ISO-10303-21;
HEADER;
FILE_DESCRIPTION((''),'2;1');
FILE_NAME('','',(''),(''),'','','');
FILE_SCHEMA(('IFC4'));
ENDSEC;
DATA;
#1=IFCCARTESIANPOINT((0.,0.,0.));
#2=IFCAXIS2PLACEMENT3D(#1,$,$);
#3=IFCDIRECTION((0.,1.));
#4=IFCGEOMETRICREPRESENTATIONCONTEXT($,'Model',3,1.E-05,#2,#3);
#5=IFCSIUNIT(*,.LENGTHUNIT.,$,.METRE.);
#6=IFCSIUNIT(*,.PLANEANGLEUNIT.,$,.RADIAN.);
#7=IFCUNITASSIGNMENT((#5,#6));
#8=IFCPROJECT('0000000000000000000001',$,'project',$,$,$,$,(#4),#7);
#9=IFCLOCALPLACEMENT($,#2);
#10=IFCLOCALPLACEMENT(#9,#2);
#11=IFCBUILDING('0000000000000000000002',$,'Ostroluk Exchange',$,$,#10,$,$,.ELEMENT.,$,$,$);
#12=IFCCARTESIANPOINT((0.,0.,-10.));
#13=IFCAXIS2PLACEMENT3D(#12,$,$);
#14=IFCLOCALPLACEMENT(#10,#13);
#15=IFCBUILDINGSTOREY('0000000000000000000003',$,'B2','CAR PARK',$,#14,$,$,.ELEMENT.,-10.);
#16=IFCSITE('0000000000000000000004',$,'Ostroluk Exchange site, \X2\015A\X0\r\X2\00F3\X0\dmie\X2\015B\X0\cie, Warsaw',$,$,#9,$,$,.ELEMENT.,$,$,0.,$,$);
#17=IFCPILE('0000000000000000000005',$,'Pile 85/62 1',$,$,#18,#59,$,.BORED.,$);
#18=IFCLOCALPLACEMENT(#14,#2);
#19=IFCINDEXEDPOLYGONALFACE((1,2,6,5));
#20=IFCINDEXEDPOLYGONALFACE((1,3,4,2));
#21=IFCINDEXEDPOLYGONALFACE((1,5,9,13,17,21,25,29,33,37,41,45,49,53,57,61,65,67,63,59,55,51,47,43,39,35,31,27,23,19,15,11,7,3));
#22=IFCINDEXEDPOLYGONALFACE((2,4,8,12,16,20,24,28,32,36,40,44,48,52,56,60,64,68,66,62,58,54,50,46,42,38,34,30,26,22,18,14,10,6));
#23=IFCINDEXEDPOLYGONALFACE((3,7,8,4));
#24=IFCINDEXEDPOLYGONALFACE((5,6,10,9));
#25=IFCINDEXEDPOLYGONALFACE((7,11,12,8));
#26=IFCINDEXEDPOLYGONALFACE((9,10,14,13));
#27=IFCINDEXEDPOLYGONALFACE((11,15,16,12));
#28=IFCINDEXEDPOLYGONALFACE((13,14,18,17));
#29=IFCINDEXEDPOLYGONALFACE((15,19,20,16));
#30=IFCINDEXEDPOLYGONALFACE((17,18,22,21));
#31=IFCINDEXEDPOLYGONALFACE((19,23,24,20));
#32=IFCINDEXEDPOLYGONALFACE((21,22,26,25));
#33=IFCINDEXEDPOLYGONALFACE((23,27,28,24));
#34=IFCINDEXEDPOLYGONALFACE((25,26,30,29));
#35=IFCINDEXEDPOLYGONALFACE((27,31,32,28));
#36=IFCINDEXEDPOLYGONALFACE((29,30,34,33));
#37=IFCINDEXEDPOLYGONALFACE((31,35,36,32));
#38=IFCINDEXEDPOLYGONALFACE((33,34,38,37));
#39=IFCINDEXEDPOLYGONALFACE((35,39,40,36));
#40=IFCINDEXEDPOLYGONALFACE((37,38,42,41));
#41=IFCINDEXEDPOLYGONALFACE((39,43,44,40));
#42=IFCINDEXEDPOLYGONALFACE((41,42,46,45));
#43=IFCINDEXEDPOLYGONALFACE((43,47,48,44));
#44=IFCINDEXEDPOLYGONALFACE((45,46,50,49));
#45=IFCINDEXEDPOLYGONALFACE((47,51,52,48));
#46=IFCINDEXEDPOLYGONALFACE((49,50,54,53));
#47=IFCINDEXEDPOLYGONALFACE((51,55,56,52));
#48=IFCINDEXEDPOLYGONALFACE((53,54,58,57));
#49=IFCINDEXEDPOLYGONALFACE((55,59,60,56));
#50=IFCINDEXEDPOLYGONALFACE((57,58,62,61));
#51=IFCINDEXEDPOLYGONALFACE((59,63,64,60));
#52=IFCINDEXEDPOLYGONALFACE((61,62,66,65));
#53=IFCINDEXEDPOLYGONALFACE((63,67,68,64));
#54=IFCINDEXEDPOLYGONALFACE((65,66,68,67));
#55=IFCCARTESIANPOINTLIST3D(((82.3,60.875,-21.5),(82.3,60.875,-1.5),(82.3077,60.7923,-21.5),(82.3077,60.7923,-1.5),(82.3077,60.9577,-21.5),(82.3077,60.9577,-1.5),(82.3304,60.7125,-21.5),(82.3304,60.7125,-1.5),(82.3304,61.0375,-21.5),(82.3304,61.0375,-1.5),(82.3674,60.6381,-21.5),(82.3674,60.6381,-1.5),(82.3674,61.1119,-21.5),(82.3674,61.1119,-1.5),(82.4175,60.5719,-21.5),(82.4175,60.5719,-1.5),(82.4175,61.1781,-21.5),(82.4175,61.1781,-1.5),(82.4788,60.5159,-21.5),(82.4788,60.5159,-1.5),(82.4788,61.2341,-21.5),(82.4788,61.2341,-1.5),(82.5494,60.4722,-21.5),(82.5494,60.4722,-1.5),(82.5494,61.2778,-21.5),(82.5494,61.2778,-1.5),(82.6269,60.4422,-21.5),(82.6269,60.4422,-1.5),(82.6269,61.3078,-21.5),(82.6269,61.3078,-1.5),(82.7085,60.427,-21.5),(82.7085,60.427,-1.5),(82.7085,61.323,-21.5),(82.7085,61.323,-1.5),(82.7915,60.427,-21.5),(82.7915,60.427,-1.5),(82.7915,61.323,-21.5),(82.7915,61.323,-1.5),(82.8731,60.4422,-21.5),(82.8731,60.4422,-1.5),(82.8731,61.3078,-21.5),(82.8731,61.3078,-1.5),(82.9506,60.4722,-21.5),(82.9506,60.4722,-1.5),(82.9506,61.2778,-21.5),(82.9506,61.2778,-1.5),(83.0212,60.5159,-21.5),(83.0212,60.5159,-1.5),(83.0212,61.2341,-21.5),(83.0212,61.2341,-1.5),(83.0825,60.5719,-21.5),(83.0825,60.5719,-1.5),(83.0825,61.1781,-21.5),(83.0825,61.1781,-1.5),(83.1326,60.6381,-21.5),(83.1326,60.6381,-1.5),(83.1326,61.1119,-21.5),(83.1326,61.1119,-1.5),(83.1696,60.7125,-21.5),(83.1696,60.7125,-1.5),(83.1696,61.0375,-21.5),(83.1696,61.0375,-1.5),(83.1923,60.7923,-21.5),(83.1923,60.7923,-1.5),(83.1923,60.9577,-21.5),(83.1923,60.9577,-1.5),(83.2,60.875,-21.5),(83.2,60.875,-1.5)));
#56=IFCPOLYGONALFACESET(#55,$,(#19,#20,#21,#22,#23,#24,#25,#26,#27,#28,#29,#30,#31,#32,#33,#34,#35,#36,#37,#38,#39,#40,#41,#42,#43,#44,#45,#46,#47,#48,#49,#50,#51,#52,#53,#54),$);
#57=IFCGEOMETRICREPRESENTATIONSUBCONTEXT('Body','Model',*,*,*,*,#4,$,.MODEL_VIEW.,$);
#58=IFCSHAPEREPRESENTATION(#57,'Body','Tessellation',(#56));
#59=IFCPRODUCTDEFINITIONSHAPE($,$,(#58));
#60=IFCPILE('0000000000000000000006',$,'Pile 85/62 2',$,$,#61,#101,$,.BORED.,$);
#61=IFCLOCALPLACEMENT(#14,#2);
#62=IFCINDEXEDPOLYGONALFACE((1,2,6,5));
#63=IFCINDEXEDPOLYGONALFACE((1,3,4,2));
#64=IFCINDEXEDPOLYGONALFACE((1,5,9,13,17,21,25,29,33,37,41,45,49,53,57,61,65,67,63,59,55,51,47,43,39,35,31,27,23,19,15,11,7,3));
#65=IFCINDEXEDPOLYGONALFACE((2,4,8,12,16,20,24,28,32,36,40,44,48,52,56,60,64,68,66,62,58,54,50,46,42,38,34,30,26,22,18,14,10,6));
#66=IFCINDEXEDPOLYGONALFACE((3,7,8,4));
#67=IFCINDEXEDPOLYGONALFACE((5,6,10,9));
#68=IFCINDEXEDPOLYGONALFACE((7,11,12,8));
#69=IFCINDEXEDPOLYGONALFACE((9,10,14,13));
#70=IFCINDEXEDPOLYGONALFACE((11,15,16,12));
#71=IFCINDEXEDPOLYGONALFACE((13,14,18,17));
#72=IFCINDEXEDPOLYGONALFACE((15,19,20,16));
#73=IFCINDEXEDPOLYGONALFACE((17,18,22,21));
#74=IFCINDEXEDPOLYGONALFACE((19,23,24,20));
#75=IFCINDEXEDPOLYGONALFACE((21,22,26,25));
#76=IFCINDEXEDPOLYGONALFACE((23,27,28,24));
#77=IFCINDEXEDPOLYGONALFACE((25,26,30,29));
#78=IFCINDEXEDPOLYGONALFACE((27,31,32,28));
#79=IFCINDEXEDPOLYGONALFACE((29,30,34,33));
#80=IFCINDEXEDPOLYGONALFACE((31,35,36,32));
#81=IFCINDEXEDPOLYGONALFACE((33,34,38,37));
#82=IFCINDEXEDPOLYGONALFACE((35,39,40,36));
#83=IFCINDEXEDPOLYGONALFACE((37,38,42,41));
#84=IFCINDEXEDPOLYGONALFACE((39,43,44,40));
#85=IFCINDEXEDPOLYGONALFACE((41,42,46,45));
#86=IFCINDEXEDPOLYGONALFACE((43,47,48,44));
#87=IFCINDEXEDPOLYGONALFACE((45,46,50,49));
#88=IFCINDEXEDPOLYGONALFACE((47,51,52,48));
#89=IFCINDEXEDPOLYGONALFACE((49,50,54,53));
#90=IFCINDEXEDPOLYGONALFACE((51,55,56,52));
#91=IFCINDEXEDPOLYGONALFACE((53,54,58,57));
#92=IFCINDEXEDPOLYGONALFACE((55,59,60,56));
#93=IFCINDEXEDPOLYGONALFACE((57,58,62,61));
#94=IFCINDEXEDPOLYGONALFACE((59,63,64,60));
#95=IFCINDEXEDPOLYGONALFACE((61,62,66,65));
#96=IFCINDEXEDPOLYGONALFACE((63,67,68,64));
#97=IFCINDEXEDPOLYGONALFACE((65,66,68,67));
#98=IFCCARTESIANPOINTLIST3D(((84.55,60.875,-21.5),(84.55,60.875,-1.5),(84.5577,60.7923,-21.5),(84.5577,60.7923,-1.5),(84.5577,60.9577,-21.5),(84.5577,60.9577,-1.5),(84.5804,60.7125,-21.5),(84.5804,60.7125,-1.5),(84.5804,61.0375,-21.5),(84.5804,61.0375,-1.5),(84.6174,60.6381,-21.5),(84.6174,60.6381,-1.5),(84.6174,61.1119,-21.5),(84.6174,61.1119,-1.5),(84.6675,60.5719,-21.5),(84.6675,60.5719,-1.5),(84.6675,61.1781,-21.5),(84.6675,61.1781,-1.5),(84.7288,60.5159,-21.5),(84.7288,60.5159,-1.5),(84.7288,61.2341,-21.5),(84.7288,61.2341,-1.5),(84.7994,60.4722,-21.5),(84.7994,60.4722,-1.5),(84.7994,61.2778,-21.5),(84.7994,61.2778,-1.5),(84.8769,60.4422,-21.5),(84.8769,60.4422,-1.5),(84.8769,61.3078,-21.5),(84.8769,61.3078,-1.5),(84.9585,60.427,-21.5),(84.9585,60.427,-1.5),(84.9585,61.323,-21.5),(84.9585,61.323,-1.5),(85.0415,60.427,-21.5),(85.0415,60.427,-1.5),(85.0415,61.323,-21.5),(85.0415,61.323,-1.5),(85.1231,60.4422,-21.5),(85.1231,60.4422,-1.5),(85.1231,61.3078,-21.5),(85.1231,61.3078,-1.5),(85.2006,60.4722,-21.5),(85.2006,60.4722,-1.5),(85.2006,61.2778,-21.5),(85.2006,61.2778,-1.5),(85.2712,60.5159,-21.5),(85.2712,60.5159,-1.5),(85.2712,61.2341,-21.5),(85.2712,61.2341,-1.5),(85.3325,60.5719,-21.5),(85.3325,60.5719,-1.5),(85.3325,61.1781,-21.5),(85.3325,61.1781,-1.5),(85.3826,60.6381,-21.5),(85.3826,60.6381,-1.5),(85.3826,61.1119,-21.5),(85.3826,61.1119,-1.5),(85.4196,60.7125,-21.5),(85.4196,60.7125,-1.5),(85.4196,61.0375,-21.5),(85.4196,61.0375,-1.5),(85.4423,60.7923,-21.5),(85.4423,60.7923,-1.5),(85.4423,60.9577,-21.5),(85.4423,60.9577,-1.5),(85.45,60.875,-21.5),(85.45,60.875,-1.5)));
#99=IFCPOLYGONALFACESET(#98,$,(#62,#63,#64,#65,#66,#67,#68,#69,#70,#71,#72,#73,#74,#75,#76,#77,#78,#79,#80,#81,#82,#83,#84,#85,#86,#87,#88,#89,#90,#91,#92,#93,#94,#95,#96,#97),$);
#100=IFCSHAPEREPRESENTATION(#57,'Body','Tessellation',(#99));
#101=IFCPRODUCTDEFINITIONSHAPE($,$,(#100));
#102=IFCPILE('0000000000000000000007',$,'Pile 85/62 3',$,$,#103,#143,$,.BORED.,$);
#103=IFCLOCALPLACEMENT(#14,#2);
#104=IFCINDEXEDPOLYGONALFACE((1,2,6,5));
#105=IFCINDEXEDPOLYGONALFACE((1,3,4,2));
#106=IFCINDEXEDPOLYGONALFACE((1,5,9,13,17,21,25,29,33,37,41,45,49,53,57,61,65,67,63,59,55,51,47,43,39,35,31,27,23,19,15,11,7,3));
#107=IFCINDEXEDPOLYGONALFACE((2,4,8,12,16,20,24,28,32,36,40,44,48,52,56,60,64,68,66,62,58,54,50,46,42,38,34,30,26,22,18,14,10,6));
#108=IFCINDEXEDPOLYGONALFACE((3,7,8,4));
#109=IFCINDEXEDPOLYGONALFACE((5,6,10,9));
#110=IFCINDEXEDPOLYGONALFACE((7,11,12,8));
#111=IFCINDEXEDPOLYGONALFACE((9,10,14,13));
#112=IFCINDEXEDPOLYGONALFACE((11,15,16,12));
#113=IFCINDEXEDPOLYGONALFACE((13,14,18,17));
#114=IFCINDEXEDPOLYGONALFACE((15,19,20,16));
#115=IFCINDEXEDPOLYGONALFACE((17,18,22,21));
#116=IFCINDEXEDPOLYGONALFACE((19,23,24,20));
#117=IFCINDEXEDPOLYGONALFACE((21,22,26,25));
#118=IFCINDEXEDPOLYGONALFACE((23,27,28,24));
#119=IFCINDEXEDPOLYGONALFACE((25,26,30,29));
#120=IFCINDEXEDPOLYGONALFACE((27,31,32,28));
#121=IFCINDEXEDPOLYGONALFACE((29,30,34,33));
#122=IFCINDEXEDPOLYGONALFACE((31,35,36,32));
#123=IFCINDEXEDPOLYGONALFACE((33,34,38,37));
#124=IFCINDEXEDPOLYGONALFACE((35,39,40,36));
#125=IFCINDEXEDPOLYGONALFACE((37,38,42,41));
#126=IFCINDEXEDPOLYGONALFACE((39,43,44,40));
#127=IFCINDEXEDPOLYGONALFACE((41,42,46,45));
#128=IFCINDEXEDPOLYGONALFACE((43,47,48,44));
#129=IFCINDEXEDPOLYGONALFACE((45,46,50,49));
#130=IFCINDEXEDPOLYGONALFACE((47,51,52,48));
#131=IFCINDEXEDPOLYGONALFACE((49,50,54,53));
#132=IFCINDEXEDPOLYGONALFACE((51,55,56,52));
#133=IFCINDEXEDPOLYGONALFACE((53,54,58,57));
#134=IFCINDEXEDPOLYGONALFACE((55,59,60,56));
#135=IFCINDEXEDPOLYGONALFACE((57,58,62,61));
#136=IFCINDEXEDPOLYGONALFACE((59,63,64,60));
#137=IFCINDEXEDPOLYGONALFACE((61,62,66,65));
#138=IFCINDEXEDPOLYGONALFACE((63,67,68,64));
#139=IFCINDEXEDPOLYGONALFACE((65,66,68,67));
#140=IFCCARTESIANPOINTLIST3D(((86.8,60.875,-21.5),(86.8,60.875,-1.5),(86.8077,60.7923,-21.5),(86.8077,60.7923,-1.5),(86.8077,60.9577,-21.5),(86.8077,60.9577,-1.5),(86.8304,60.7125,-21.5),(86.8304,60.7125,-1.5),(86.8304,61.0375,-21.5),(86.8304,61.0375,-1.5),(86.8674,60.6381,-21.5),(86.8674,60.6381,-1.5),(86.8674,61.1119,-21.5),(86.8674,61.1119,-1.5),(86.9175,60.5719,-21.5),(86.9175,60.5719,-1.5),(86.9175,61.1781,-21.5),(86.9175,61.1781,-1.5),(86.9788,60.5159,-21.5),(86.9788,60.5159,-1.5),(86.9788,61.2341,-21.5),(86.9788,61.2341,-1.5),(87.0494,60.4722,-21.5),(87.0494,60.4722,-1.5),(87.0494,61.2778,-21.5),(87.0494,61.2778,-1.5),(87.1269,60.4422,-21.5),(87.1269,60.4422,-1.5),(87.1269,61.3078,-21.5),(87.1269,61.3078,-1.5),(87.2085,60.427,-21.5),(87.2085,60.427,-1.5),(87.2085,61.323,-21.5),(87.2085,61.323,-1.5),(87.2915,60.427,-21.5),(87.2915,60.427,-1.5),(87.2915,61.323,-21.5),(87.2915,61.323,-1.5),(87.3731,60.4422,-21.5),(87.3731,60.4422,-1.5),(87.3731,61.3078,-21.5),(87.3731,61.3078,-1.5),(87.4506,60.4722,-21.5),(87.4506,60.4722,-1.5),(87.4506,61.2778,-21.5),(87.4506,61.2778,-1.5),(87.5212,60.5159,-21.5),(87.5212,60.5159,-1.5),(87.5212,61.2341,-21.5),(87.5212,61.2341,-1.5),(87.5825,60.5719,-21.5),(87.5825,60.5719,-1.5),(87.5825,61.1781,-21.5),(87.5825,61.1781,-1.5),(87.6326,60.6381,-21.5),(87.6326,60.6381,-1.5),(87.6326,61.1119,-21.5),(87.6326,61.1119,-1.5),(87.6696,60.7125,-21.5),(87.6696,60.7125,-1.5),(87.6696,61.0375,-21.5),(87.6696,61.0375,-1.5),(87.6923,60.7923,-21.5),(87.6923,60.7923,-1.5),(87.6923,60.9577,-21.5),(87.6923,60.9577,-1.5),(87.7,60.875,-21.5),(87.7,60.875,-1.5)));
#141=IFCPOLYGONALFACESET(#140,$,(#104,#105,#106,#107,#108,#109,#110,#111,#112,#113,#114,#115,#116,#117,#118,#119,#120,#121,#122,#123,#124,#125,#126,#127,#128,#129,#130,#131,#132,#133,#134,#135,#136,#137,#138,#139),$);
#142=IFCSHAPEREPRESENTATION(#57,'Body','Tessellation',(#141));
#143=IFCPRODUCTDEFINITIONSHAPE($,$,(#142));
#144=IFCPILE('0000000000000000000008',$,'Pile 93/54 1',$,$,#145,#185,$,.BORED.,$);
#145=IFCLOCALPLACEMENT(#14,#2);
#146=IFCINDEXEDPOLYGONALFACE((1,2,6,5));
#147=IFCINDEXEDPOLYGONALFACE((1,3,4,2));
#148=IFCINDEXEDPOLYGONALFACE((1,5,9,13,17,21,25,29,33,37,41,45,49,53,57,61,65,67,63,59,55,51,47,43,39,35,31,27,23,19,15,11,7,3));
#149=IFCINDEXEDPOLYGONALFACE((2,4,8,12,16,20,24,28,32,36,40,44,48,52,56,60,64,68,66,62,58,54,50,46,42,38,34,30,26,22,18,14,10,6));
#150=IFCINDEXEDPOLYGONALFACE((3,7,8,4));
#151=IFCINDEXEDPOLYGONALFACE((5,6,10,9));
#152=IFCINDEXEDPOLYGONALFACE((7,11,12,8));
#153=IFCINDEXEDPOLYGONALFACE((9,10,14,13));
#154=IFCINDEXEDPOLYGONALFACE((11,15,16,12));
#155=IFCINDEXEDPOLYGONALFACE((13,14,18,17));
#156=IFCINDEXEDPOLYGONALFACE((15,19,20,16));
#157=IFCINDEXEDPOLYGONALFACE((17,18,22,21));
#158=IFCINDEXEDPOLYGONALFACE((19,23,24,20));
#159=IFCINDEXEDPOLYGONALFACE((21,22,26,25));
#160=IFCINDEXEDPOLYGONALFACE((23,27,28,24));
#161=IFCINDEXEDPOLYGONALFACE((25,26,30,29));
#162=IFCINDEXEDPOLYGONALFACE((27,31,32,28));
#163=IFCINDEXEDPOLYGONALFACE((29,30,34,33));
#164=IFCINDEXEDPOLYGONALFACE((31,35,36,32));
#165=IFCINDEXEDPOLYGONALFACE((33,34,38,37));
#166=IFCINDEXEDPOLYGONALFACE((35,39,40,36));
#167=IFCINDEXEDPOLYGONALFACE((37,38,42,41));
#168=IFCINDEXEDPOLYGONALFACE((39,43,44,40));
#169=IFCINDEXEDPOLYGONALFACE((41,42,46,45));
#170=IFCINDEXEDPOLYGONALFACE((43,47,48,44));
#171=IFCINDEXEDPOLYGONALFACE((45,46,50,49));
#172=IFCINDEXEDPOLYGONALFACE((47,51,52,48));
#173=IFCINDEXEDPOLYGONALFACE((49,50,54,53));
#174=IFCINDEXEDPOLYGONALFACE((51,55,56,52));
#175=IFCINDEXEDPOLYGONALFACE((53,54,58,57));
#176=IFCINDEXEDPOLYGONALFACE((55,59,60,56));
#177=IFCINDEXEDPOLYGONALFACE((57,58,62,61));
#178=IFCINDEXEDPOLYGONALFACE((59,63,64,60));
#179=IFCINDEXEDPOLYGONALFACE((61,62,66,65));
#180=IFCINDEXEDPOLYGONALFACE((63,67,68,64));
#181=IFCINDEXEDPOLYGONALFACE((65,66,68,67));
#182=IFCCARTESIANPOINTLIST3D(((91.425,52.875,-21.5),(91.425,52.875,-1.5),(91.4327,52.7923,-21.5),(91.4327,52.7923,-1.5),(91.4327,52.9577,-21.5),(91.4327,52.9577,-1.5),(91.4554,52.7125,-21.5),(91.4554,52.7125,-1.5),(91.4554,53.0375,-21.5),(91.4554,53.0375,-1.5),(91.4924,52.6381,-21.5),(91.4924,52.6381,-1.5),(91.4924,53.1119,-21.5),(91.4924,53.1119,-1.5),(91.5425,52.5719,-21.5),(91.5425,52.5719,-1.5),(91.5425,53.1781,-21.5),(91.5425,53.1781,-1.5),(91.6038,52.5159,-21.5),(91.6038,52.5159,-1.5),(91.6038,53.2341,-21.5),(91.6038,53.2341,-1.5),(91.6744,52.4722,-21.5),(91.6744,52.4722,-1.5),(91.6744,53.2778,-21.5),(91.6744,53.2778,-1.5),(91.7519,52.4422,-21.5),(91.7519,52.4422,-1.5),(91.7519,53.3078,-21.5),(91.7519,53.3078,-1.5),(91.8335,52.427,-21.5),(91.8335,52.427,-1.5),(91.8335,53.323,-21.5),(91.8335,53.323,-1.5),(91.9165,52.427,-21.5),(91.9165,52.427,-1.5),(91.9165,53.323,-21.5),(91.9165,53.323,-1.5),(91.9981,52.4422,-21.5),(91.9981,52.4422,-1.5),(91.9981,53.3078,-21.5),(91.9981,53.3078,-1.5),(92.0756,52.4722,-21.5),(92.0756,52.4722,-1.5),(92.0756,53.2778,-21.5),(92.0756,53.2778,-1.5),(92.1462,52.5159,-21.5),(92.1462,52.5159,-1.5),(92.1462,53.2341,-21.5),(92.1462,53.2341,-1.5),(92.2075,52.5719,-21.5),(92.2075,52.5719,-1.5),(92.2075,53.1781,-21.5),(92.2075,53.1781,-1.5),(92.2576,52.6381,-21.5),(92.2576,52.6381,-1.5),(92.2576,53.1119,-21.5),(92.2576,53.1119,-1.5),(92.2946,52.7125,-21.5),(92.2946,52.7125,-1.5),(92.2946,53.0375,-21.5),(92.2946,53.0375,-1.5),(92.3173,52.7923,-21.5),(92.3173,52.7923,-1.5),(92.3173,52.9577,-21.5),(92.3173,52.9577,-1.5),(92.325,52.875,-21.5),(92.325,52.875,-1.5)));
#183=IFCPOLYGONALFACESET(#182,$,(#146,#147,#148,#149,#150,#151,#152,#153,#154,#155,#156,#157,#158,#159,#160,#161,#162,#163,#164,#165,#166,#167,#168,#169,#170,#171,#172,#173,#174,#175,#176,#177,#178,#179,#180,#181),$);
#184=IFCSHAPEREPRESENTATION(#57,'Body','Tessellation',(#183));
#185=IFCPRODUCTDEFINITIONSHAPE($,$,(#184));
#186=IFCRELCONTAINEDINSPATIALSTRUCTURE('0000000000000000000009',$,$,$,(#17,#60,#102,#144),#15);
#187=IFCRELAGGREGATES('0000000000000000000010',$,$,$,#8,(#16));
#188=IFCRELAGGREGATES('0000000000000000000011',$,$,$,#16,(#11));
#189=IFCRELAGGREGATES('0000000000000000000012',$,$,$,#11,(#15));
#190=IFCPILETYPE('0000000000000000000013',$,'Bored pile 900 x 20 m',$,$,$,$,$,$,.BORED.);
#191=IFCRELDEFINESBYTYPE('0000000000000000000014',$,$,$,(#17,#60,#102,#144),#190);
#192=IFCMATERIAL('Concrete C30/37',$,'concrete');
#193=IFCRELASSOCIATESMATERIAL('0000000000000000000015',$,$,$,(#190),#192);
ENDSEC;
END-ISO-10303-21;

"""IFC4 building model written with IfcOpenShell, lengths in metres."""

from ifc_helpers import new_model, si_unit, direction, frame, origin, origin_2d, place, context, subcontext, project, spatial, circle, extrude, material, type_object, element, save


model = new_model("IFC4")

# Units and contexts
model_context = context("Model", 3, precision=1e-05, world=origin(), true_north=direction((0.0, 1.0)))
body_context = subcontext(model_context, "Body", "Model", "MODEL_VIEW")
ifc_project = project(units=[si_unit("LENGTHUNIT", "METRE"), si_unit("PLANEANGLEUNIT", "RADIAN")], contexts=[model_context])

# Site, building, storey
site_placement = place(None, origin())
site = spatial("IfcSite", under=ifc_project, at=site_placement, Name="Ostroluk Exchange site, Śródmieście, Warsaw", CompositionType="ELEMENT", RefElevation=0.0)
building_placement = place(site_placement, origin())
building = spatial("IfcBuilding", under=site, at=building_placement, Name="Ostroluk Exchange", CompositionType="ELEMENT")
storey_placement = place(building_placement, frame((0.0, 0.0, -10.0)))
storey = spatial("IfcBuildingStorey", under=building, at=storey_placement, Name="B2", Description="CAR PARK", CompositionType="ELEMENT", Elevation=-10.0)

# Piles
ifc_material_1 = material(Name="Concrete C30/37", Category="concrete")
pile_type = type_object("IfcPileType", Name="Bored pile 900 x 20 m", PredefinedType="BORED", material=ifc_material_1)
for number, where, z_axis, x_axis, name in (
    (1, (82.75, 60.875, -1.5), (0.0, 0.0, -1.0), (1.0, 0.0, 0.0), "Pile 85/62 1"),
    (2, (85.0, 60.875, -1.5), (0.0, 0.0, -1.0), (1.0, 0.0, 0.0), "Pile 85/62 2"),
    (3, (87.25, 60.875, -1.5), (0.0, 0.0, -1.0), (1.0, 0.0, 0.0), "Pile 85/62 3"),
    (4, (91.875, 52.875, -1.5), (0.0, 0.0, -1.0), (1.0, 0.0, 0.0), "Pile 93/54 1"),
):
    element("IfcPile", number, at=place(storey_placement, frame(where, z_axis=z_axis, x_axis=x_axis)), inside=storey, type_object=pile_type, Name=name, PredefinedType="BORED", context=body_context, shape_type="SweptSolid", body=[
        extrude(circle(Radius=0.45, at=origin_2d()), origin(), (0.0, 0.0, 1.0), 20.0),
    ])

save(model, "model.ifc")
